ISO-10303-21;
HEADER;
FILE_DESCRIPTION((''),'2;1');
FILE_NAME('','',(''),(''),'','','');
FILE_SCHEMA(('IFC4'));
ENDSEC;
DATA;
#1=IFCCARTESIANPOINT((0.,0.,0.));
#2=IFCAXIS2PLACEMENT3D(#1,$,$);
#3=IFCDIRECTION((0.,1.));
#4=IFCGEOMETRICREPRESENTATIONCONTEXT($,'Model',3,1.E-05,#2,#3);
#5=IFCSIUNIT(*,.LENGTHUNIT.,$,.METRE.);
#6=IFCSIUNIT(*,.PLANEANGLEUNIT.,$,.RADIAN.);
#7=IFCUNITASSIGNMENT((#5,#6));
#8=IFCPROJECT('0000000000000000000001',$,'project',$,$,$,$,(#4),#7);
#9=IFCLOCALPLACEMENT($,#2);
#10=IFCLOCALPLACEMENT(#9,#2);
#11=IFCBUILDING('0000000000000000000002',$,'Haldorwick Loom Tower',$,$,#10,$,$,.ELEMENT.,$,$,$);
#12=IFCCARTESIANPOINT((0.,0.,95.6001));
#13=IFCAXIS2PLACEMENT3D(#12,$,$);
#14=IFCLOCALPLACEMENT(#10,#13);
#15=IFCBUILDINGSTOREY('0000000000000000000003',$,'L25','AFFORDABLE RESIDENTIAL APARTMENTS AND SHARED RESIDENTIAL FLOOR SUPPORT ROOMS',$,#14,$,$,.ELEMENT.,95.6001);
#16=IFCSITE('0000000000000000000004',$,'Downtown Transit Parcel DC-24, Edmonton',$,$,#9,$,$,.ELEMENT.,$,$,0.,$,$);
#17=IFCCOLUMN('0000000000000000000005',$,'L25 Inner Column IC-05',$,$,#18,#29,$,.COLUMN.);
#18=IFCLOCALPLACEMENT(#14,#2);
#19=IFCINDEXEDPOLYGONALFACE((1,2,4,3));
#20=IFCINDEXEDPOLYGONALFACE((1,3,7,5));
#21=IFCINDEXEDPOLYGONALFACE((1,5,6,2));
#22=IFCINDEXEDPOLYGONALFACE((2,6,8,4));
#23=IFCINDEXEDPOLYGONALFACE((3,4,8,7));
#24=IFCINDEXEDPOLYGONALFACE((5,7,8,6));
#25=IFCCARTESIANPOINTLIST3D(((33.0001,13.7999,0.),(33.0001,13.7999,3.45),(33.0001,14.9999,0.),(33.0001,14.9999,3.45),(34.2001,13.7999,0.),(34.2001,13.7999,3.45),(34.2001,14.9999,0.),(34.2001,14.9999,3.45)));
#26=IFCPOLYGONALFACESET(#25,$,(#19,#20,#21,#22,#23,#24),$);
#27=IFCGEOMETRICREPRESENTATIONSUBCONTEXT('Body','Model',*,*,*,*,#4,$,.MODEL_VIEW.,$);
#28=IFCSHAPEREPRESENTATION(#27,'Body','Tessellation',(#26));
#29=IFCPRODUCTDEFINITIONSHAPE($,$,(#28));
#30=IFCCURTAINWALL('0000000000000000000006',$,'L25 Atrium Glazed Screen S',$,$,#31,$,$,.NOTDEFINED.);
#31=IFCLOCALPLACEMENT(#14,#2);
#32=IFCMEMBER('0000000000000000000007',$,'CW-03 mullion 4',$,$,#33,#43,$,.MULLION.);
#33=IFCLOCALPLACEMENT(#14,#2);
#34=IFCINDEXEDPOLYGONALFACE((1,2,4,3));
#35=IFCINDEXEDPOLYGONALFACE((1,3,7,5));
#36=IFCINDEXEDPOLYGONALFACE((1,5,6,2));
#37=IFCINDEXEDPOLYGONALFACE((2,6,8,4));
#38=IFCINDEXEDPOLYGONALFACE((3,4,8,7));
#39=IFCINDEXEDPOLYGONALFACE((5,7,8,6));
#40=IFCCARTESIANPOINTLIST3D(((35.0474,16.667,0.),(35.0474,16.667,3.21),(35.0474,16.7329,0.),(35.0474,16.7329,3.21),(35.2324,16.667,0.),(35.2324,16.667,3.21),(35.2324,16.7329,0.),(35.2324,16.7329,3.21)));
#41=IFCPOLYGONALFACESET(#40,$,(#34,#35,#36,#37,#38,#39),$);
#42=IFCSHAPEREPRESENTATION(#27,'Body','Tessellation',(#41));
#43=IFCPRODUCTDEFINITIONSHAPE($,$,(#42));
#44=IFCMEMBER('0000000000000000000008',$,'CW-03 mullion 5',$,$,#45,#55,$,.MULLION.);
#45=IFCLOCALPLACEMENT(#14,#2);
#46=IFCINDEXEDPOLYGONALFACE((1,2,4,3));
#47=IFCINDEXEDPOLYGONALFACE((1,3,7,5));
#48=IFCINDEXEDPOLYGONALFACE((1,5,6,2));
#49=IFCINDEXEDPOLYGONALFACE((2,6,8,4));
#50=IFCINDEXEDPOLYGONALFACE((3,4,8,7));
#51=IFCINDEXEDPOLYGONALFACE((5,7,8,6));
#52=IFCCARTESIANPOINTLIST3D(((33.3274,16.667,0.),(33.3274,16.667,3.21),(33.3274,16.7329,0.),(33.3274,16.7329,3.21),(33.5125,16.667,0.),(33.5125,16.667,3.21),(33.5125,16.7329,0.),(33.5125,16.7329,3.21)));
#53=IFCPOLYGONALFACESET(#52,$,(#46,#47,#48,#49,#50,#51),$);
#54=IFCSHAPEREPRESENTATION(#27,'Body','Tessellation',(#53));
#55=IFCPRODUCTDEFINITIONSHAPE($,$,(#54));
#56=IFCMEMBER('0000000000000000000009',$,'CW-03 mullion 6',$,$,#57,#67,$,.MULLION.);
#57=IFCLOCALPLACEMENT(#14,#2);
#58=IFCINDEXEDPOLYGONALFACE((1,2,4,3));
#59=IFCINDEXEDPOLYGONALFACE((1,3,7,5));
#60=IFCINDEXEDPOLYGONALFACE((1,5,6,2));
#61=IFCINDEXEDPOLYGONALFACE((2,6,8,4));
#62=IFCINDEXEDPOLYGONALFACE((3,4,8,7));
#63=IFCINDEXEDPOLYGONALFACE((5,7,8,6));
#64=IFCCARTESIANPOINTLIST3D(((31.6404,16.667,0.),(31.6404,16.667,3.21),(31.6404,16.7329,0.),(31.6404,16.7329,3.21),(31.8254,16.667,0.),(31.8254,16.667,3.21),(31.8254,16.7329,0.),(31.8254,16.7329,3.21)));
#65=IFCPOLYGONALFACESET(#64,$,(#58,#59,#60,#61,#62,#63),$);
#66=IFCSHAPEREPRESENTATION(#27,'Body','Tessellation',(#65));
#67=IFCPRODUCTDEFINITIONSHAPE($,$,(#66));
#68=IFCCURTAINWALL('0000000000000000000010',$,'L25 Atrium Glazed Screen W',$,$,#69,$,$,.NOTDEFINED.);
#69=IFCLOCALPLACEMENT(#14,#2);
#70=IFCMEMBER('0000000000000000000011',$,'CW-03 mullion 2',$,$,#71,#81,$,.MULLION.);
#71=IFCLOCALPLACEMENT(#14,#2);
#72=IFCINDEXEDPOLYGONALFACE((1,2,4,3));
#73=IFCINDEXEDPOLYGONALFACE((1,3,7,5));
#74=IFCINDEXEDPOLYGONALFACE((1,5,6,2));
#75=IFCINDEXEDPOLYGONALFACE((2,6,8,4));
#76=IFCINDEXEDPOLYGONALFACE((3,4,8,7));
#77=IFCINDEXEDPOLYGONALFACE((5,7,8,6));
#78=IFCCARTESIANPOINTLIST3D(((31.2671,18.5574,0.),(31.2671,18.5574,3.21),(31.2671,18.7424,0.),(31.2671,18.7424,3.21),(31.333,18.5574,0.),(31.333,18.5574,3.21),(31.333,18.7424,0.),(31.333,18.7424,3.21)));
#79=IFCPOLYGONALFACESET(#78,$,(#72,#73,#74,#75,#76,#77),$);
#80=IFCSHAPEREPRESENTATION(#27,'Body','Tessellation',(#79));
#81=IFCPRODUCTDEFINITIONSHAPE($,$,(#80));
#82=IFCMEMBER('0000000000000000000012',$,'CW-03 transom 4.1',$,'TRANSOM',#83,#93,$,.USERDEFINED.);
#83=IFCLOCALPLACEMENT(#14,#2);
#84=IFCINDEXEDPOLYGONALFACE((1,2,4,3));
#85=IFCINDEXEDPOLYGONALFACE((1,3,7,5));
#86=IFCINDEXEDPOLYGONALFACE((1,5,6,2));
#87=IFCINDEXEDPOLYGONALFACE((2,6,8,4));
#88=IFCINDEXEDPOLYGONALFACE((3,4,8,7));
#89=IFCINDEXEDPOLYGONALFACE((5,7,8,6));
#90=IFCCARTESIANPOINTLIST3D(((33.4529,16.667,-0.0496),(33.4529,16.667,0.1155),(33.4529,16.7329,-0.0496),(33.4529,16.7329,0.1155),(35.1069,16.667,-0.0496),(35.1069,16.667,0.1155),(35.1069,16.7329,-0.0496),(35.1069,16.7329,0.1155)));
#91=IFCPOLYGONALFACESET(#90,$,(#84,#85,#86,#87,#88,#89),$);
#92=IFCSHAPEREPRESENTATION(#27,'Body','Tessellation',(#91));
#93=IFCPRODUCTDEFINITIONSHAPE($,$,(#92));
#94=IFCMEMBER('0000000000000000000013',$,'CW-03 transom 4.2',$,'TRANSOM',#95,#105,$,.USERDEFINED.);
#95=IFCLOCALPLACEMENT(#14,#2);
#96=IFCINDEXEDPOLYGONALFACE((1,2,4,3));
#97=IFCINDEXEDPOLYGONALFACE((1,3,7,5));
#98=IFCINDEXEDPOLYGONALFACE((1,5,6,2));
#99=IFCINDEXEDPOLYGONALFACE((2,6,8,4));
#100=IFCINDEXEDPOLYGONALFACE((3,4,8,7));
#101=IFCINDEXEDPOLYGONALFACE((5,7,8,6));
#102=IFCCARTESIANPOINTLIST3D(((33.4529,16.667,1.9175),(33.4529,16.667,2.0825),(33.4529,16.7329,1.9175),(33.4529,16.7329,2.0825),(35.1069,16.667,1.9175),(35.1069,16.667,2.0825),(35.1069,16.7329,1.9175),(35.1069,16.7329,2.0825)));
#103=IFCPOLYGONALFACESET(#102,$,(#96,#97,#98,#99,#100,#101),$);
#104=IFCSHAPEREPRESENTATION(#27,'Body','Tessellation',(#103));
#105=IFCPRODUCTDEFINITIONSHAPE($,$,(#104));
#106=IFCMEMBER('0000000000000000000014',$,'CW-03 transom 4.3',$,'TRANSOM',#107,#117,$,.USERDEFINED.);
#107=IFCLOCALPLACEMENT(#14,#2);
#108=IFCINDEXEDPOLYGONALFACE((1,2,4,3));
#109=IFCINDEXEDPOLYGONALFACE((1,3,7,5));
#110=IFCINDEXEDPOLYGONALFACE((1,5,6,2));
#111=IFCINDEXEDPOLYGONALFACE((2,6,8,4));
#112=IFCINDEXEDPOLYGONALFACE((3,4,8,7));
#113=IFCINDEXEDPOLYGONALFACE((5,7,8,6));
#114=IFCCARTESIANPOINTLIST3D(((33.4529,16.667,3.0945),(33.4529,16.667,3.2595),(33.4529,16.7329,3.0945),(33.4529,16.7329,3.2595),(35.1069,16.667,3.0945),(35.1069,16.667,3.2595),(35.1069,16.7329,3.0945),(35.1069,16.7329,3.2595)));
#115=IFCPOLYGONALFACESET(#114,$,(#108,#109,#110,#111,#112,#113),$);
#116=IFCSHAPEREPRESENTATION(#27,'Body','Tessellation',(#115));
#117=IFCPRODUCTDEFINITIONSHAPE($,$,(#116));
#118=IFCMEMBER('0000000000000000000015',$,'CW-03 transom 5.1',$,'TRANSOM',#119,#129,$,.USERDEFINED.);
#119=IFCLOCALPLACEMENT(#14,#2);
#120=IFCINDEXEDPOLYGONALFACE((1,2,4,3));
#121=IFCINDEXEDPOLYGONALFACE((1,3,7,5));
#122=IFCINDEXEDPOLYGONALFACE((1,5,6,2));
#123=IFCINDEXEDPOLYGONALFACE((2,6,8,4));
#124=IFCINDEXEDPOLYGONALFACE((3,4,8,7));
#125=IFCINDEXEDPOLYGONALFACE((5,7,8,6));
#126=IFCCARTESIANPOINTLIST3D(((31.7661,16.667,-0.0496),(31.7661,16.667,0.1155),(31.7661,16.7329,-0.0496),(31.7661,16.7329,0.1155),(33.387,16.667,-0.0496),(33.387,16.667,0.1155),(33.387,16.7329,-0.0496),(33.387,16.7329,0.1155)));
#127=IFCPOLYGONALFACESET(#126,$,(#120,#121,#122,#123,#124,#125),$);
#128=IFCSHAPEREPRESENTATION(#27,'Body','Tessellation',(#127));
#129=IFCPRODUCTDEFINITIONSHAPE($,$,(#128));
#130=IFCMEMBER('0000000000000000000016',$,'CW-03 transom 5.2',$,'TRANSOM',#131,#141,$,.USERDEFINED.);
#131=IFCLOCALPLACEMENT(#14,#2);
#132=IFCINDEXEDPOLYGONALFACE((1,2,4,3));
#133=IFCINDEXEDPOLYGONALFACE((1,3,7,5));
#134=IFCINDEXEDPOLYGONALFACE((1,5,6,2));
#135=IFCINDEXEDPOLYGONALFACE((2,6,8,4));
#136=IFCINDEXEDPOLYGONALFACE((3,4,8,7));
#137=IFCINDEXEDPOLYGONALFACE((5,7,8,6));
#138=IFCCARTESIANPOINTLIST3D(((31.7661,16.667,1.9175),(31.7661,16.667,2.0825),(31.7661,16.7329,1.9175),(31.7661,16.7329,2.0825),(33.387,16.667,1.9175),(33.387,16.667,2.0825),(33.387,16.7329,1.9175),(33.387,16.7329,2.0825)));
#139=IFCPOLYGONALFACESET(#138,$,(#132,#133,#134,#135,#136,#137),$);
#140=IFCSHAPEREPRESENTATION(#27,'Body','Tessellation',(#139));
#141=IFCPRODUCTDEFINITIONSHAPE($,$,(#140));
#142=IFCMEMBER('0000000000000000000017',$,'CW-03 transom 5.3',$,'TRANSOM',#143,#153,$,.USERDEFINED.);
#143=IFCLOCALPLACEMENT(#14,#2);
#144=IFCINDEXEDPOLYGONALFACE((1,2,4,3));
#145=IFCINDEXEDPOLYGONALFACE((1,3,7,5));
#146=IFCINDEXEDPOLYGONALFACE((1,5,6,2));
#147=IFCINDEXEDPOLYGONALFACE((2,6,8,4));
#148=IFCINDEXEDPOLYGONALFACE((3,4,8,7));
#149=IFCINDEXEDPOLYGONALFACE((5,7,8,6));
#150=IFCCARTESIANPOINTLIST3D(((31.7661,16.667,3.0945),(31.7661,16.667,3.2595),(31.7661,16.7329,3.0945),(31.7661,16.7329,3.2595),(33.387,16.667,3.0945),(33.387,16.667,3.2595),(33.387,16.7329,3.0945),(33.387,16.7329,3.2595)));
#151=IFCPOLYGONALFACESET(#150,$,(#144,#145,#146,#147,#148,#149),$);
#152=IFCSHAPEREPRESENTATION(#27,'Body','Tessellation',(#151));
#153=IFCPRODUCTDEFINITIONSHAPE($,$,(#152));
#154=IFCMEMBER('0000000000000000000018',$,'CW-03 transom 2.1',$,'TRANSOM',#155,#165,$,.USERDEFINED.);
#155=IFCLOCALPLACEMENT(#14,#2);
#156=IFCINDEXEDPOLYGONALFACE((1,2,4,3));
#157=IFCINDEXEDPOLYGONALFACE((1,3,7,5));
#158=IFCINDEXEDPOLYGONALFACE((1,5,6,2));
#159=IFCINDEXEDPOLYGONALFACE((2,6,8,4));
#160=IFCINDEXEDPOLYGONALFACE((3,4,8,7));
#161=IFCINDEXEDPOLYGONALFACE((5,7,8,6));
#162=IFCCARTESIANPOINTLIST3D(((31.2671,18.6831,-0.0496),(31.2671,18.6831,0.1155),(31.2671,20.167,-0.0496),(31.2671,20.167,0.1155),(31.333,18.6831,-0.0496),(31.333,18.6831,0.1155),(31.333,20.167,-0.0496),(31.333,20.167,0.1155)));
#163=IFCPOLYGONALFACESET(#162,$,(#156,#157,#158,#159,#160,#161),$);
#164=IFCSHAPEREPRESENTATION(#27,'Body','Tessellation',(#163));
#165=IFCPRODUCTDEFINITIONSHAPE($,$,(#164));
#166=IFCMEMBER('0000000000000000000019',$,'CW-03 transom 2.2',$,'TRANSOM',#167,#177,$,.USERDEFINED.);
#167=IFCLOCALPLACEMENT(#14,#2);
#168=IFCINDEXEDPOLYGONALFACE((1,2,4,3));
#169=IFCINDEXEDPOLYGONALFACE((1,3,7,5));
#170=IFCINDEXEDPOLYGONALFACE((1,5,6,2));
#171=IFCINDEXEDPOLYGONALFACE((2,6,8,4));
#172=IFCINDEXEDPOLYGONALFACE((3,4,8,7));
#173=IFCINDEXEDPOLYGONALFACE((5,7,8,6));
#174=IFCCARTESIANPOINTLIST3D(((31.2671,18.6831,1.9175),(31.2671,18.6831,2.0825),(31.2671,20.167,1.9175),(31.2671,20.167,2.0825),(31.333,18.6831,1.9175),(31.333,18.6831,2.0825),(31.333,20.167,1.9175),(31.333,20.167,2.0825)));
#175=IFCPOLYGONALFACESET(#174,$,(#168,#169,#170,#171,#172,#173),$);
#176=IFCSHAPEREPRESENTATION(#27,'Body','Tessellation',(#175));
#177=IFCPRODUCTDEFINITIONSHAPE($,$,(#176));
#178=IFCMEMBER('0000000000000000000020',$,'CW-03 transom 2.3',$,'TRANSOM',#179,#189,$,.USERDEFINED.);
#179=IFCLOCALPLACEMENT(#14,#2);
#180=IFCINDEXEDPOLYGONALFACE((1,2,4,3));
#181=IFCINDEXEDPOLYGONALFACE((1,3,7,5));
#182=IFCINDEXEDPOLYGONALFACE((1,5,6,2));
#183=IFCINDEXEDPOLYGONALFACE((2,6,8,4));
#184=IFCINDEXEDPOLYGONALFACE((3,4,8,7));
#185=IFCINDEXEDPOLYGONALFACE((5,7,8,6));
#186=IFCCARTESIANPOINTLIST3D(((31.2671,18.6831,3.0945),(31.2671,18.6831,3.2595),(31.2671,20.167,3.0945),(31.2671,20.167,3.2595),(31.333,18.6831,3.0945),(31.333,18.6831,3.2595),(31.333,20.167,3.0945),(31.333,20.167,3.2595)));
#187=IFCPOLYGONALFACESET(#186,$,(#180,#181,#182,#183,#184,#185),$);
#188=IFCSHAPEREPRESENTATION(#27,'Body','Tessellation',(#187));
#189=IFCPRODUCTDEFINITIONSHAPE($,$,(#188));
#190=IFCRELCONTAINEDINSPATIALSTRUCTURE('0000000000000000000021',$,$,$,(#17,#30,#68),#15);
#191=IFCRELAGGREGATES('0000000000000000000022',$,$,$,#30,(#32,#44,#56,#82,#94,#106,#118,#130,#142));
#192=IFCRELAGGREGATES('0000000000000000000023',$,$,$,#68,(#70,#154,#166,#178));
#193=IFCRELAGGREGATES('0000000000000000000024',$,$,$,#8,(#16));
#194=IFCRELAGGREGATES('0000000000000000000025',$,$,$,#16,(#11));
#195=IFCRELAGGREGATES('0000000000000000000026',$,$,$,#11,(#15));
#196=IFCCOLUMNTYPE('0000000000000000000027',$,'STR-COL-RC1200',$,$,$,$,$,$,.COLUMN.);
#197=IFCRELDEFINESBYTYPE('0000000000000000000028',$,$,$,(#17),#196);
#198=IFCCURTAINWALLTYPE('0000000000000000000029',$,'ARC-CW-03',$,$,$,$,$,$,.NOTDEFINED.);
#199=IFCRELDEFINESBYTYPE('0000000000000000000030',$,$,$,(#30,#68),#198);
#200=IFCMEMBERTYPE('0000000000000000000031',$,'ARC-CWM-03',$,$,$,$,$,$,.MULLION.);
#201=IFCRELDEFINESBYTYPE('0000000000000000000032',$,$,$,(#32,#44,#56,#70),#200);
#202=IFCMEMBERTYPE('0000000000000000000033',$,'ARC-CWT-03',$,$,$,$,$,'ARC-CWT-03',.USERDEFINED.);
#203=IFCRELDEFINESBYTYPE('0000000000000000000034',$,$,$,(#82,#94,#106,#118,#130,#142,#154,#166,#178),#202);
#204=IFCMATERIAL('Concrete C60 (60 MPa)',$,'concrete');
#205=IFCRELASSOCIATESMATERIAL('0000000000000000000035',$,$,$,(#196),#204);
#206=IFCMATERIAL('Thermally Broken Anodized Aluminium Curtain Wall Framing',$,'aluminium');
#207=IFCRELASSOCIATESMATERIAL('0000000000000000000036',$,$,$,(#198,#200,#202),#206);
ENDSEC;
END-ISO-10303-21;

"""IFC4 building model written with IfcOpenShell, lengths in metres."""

from ifc_helpers import new_model, si_unit, direction, frame, origin, origin_2d, place, context, subcontext, project, spatial, rectangle, extrude, material, material_profile, profile_set, type_object, element, aggregate, save


model = new_model("IFC4")

# Units and contexts
model_context = context("Model", 3, precision=1e-05, world=origin(), true_north=direction((0.0, 1.0)))
body_context = subcontext(model_context, "Body", "Model", "MODEL_VIEW")
ifc_project = project(units=[si_unit("LENGTHUNIT", "METRE"), si_unit("PLANEANGLEUNIT", "RADIAN")], contexts=[model_context])

# Site, building, storey
site_placement = place(None, origin())
site = spatial("IfcSite", under=ifc_project, at=site_placement, Name="Downtown Transit Parcel DC-24, Edmonton", CompositionType="ELEMENT", RefElevation=0.0)
building_placement = place(site_placement, origin())
building = spatial("IfcBuilding", under=site, at=building_placement, Name="Haldorwick Loom Tower", CompositionType="ELEMENT")
storey_placement = place(building_placement, frame((0.0, 0.0, 95.6001)))
storey = spatial("IfcBuildingStorey", under=building, at=storey_placement, Name="L25", Description="AFFORDABLE RESIDENTIAL APARTMENTS AND SHARED RESIDENTIAL FLOOR SUPPORT ROOMS", CompositionType="ELEMENT", Elevation=95.6001)

# Column
ifc_material_1 = material(Name="Concrete C60 (60 MPa)", Category="concrete")
ifc_material_profile_1 = material_profile(ifc_material_1, rectangle(XDim=1.2, YDim=1.2, at=origin_2d()), Name="RC1200X1200", Category="concrete")
ifc_profile_set_1 = profile_set([ifc_material_profile_1], Name="Concrete C60 (60 MPa)")
column_type = type_object("IfcColumnType", Name="STR-COL-RC1200", PredefinedType="COLUMN", material=ifc_profile_set_1)
column_placement = place(storey_placement, frame((33.6001, 14.3999, 0.0), z_axis=(0.0, 0.0, 1.0), x_axis=(1.0, 0.0, 0.0)))
element("IfcColumn", 1, at=column_placement, inside=storey, type_object=column_type, Name="L25 Inner Column IC-05", PredefinedType="COLUMN", context=body_context, shape_type="SweptSolid", body=[
    extrude(rectangle(XDim=1.2, YDim=1.2, at=origin_2d()), origin(), (0.0, 0.0, 1.0), 3.45),
])

# Curtain wall, members
ifc_material_2 = material(Name="Thermally Broken Anodized Aluminium Curtain Wall Framing", Category="aluminium")
curtain_wall_type = type_object("IfcCurtainWallType", Name="ARC-CW-03", PredefinedType="NOTDEFINED", material=ifc_material_2)
curtain_wall_1_placement = place(storey_placement, origin())
curtain_wall_1 = element("IfcCurtainWall", 2, at=curtain_wall_1_placement, inside=storey, type_object=curtain_wall_type, Name="L25 Atrium Glazed Screen S", PredefinedType="NOTDEFINED")
ifc_material_profile_2 = material_profile(ifc_material_2, rectangle(XDim=0.0659, YDim=0.1851, at=origin_2d()), Name="ALU_MUL_66X185", Category="aluminium")
ifc_profile_set_2 = profile_set([ifc_material_profile_2], Name="Thermally Broken Anodized Aluminium Curtain Wall Framing")
member_type_1 = type_object("IfcMemberType", Name="ARC-CWM-03", PredefinedType="MULLION", material=ifc_profile_set_2)
member_1_placement = place(storey_placement, frame((35.1399, 16.7, 0.0), z_axis=(0.0, 0.0, 1.0), x_axis=(0.0, -1.0, 0.0)))
member_1 = element("IfcMember", 3, at=member_1_placement, type_object=member_type_1, Name="CW-03 mullion 4", PredefinedType="MULLION", context=body_context, shape_type="SweptSolid", body=[
    extrude(rectangle(XDim=0.0659, YDim=0.1851, at=origin_2d()), origin(), (0.0, 0.0, 1.0), 3.21),
])
member_2_placement = place(storey_placement, frame((33.4199, 16.7, 0.0), z_axis=(0.0, 0.0, 1.0), x_axis=(0.0, -1.0, 0.0)))
member_2 = element("IfcMember", 4, at=member_2_placement, type_object=member_type_1, Name="CW-03 mullion 5", PredefinedType="MULLION", context=body_context, shape_type="SweptSolid", body=[
    extrude(rectangle(XDim=0.0659, YDim=0.1851, at=origin_2d()), origin(), (0.0, 0.0, 1.0), 3.21),
])
member_3_placement = place(storey_placement, frame((31.7329, 16.7, 0.0), z_axis=(0.0, 0.0, 1.0), x_axis=(0.0, -1.0, 0.0)))
member_3 = element("IfcMember", 5, at=member_3_placement, type_object=member_type_1, Name="CW-03 mullion 6", PredefinedType="MULLION", context=body_context, shape_type="SweptSolid", body=[
    extrude(rectangle(XDim=0.0659, YDim=0.1851, at=origin_2d()), origin(), (0.0, 0.0, 1.0), 3.21),
])

# Curtain wall, member
curtain_wall_2_placement = place(storey_placement, origin())
curtain_wall_2 = element("IfcCurtainWall", 6, at=curtain_wall_2_placement, inside=storey, type_object=curtain_wall_type, Name="L25 Atrium Glazed Screen W", PredefinedType="NOTDEFINED")
member_4_placement = place(storey_placement, frame((31.3, 18.6499, 0.0), z_axis=(0.0, 0.0, 1.0), x_axis=(-1.0, 0.0, 0.0)))
member_4 = element("IfcMember", 7, at=member_4_placement, type_object=member_type_1, Name="CW-03 mullion 2", PredefinedType="MULLION", context=body_context, shape_type="SweptSolid", body=[
    extrude(rectangle(XDim=0.0659, YDim=0.1851, at=origin_2d()), origin(), (0.0, 0.0, 1.0), 3.21),
])

# Members
ifc_material_profile_3 = material_profile(ifc_material_2, rectangle(XDim=0.0659, YDim=0.165, at=origin_2d()), Name="ALU_TRN_66X165", Category="aluminium")
ifc_profile_set_3 = profile_set([ifc_material_profile_3], Name="Thermally Broken Anodized Aluminium Curtain Wall Framing")
member_type_2 = type_object("IfcMemberType", Name="ARC-CWT-03", ElementType="ARC-CWT-03", PredefinedType="USERDEFINED", material=ifc_profile_set_3)
member_5_placement = place(storey_placement, frame((35.1069, 16.7, 0.033), z_axis=(-1.0, 0.0, 0.0), x_axis=(0.0, -1.0, 0.0)))
member_5 = element("IfcMember", 8, at=member_5_placement, type_object=member_type_2, Name="CW-03 transom 4.1", ObjectType="TRANSOM", PredefinedType="USERDEFINED", context=body_context, shape_type="SweptSolid", body=[
    extrude(rectangle(XDim=0.0659, YDim=0.165, at=origin_2d()), origin(), (0.0, 0.0, 1.0), 1.6541),
])
member_6_placement = place(storey_placement, frame((35.1069, 16.7, 2.0), z_axis=(-1.0, 0.0, 0.0), x_axis=(0.0, -1.0, 0.0)))
member_6 = element("IfcMember", 9, at=member_6_placement, type_object=member_type_2, Name="CW-03 transom 4.2", ObjectType="TRANSOM", PredefinedType="USERDEFINED", context=body_context, shape_type="SweptSolid", body=[
    extrude(rectangle(XDim=0.0659, YDim=0.165, at=origin_2d()), origin(), (0.0, 0.0, 1.0), 1.6541),
])
member_7_placement = place(storey_placement, frame((35.1069, 16.7, 3.177), z_axis=(-1.0, 0.0, 0.0), x_axis=(0.0, -1.0, 0.0)))
member_7 = element("IfcMember", 10, at=member_7_placement, type_object=member_type_2, Name="CW-03 transom 4.3", ObjectType="TRANSOM", PredefinedType="USERDEFINED", context=body_context, shape_type="SweptSolid", body=[
    extrude(rectangle(XDim=0.0659, YDim=0.165, at=origin_2d()), origin(), (0.0, 0.0, 1.0), 1.6541),
])
member_8_placement = place(storey_placement, frame((33.387, 16.7, 0.033), z_axis=(-1.0, 0.0, 0.0), x_axis=(0.0, -1.0, 0.0)))
member_8 = element("IfcMember", 11, at=member_8_placement, type_object=member_type_2, Name="CW-03 transom 5.1", ObjectType="TRANSOM", PredefinedType="USERDEFINED", context=body_context, shape_type="SweptSolid", body=[
    extrude(rectangle(XDim=0.0659, YDim=0.165, at=origin_2d()), origin(), (0.0, 0.0, 1.0), 1.6208),
])
member_9_placement = place(storey_placement, frame((33.387, 16.7, 2.0), z_axis=(-1.0, 0.0, 0.0), x_axis=(0.0, -1.0, 0.0)))
member_9 = element("IfcMember", 12, at=member_9_placement, type_object=member_type_2, Name="CW-03 transom 5.2", ObjectType="TRANSOM", PredefinedType="USERDEFINED", context=body_context, shape_type="SweptSolid", body=[
    extrude(rectangle(XDim=0.0659, YDim=0.165, at=origin_2d()), origin(), (0.0, 0.0, 1.0), 1.6208),
])
member_10_placement = place(storey_placement, frame((33.387, 16.7, 3.177), z_axis=(-1.0, 0.0, 0.0), x_axis=(0.0, -1.0, 0.0)))
member_10 = element("IfcMember", 13, at=member_10_placement, type_object=member_type_2, Name="CW-03 transom 5.3", ObjectType="TRANSOM", PredefinedType="USERDEFINED", context=body_context, shape_type="SweptSolid", body=[
    extrude(rectangle(XDim=0.0659, YDim=0.165, at=origin_2d()), origin(), (0.0, 0.0, 1.0), 1.6208),
])
member_11_placement = place(storey_placement, frame((31.3, 18.6831, 0.033), z_axis=(0.0, 1.0, 0.0), x_axis=(-1.0, 0.0, 0.0)))
member_11 = element("IfcMember", 14, at=member_11_placement, type_object=member_type_2, Name="CW-03 transom 2.1", ObjectType="TRANSOM", PredefinedType="USERDEFINED", context=body_context, shape_type="SweptSolid", body=[
    extrude(rectangle(XDim=0.0659, YDim=0.165, at=origin_2d()), origin(), (0.0, 0.0, 1.0), 1.4839),
])
member_12_placement = place(storey_placement, frame((31.3, 18.6831, 2.0), z_axis=(0.0, 1.0, 0.0), x_axis=(-1.0, 0.0, 0.0)))
member_12 = element("IfcMember", 15, at=member_12_placement, type_object=member_type_2, Name="CW-03 transom 2.2", ObjectType="TRANSOM", PredefinedType="USERDEFINED", context=body_context, shape_type="SweptSolid", body=[
    extrude(rectangle(XDim=0.0659, YDim=0.165, at=origin_2d()), origin(), (0.0, 0.0, 1.0), 1.4839),
])
member_13_placement = place(storey_placement, frame((31.3, 18.6831, 3.177), z_axis=(0.0, 1.0, 0.0), x_axis=(-1.0, 0.0, 0.0)))
member_13 = element("IfcMember", 16, at=member_13_placement, type_object=member_type_2, Name="CW-03 transom 2.3", ObjectType="TRANSOM", PredefinedType="USERDEFINED", context=body_context, shape_type="SweptSolid", body=[
    extrude(rectangle(XDim=0.0659, YDim=0.165, at=origin_2d()), origin(), (0.0, 0.0, 1.0), 1.4839),
])

aggregate(curtain_wall_1, [member_1, member_2, member_3, member_5, member_6, member_7, member_8, member_9, member_10])
aggregate(curtain_wall_2, [member_4, member_11, member_12, member_13])

save(model, "model.ifc")
